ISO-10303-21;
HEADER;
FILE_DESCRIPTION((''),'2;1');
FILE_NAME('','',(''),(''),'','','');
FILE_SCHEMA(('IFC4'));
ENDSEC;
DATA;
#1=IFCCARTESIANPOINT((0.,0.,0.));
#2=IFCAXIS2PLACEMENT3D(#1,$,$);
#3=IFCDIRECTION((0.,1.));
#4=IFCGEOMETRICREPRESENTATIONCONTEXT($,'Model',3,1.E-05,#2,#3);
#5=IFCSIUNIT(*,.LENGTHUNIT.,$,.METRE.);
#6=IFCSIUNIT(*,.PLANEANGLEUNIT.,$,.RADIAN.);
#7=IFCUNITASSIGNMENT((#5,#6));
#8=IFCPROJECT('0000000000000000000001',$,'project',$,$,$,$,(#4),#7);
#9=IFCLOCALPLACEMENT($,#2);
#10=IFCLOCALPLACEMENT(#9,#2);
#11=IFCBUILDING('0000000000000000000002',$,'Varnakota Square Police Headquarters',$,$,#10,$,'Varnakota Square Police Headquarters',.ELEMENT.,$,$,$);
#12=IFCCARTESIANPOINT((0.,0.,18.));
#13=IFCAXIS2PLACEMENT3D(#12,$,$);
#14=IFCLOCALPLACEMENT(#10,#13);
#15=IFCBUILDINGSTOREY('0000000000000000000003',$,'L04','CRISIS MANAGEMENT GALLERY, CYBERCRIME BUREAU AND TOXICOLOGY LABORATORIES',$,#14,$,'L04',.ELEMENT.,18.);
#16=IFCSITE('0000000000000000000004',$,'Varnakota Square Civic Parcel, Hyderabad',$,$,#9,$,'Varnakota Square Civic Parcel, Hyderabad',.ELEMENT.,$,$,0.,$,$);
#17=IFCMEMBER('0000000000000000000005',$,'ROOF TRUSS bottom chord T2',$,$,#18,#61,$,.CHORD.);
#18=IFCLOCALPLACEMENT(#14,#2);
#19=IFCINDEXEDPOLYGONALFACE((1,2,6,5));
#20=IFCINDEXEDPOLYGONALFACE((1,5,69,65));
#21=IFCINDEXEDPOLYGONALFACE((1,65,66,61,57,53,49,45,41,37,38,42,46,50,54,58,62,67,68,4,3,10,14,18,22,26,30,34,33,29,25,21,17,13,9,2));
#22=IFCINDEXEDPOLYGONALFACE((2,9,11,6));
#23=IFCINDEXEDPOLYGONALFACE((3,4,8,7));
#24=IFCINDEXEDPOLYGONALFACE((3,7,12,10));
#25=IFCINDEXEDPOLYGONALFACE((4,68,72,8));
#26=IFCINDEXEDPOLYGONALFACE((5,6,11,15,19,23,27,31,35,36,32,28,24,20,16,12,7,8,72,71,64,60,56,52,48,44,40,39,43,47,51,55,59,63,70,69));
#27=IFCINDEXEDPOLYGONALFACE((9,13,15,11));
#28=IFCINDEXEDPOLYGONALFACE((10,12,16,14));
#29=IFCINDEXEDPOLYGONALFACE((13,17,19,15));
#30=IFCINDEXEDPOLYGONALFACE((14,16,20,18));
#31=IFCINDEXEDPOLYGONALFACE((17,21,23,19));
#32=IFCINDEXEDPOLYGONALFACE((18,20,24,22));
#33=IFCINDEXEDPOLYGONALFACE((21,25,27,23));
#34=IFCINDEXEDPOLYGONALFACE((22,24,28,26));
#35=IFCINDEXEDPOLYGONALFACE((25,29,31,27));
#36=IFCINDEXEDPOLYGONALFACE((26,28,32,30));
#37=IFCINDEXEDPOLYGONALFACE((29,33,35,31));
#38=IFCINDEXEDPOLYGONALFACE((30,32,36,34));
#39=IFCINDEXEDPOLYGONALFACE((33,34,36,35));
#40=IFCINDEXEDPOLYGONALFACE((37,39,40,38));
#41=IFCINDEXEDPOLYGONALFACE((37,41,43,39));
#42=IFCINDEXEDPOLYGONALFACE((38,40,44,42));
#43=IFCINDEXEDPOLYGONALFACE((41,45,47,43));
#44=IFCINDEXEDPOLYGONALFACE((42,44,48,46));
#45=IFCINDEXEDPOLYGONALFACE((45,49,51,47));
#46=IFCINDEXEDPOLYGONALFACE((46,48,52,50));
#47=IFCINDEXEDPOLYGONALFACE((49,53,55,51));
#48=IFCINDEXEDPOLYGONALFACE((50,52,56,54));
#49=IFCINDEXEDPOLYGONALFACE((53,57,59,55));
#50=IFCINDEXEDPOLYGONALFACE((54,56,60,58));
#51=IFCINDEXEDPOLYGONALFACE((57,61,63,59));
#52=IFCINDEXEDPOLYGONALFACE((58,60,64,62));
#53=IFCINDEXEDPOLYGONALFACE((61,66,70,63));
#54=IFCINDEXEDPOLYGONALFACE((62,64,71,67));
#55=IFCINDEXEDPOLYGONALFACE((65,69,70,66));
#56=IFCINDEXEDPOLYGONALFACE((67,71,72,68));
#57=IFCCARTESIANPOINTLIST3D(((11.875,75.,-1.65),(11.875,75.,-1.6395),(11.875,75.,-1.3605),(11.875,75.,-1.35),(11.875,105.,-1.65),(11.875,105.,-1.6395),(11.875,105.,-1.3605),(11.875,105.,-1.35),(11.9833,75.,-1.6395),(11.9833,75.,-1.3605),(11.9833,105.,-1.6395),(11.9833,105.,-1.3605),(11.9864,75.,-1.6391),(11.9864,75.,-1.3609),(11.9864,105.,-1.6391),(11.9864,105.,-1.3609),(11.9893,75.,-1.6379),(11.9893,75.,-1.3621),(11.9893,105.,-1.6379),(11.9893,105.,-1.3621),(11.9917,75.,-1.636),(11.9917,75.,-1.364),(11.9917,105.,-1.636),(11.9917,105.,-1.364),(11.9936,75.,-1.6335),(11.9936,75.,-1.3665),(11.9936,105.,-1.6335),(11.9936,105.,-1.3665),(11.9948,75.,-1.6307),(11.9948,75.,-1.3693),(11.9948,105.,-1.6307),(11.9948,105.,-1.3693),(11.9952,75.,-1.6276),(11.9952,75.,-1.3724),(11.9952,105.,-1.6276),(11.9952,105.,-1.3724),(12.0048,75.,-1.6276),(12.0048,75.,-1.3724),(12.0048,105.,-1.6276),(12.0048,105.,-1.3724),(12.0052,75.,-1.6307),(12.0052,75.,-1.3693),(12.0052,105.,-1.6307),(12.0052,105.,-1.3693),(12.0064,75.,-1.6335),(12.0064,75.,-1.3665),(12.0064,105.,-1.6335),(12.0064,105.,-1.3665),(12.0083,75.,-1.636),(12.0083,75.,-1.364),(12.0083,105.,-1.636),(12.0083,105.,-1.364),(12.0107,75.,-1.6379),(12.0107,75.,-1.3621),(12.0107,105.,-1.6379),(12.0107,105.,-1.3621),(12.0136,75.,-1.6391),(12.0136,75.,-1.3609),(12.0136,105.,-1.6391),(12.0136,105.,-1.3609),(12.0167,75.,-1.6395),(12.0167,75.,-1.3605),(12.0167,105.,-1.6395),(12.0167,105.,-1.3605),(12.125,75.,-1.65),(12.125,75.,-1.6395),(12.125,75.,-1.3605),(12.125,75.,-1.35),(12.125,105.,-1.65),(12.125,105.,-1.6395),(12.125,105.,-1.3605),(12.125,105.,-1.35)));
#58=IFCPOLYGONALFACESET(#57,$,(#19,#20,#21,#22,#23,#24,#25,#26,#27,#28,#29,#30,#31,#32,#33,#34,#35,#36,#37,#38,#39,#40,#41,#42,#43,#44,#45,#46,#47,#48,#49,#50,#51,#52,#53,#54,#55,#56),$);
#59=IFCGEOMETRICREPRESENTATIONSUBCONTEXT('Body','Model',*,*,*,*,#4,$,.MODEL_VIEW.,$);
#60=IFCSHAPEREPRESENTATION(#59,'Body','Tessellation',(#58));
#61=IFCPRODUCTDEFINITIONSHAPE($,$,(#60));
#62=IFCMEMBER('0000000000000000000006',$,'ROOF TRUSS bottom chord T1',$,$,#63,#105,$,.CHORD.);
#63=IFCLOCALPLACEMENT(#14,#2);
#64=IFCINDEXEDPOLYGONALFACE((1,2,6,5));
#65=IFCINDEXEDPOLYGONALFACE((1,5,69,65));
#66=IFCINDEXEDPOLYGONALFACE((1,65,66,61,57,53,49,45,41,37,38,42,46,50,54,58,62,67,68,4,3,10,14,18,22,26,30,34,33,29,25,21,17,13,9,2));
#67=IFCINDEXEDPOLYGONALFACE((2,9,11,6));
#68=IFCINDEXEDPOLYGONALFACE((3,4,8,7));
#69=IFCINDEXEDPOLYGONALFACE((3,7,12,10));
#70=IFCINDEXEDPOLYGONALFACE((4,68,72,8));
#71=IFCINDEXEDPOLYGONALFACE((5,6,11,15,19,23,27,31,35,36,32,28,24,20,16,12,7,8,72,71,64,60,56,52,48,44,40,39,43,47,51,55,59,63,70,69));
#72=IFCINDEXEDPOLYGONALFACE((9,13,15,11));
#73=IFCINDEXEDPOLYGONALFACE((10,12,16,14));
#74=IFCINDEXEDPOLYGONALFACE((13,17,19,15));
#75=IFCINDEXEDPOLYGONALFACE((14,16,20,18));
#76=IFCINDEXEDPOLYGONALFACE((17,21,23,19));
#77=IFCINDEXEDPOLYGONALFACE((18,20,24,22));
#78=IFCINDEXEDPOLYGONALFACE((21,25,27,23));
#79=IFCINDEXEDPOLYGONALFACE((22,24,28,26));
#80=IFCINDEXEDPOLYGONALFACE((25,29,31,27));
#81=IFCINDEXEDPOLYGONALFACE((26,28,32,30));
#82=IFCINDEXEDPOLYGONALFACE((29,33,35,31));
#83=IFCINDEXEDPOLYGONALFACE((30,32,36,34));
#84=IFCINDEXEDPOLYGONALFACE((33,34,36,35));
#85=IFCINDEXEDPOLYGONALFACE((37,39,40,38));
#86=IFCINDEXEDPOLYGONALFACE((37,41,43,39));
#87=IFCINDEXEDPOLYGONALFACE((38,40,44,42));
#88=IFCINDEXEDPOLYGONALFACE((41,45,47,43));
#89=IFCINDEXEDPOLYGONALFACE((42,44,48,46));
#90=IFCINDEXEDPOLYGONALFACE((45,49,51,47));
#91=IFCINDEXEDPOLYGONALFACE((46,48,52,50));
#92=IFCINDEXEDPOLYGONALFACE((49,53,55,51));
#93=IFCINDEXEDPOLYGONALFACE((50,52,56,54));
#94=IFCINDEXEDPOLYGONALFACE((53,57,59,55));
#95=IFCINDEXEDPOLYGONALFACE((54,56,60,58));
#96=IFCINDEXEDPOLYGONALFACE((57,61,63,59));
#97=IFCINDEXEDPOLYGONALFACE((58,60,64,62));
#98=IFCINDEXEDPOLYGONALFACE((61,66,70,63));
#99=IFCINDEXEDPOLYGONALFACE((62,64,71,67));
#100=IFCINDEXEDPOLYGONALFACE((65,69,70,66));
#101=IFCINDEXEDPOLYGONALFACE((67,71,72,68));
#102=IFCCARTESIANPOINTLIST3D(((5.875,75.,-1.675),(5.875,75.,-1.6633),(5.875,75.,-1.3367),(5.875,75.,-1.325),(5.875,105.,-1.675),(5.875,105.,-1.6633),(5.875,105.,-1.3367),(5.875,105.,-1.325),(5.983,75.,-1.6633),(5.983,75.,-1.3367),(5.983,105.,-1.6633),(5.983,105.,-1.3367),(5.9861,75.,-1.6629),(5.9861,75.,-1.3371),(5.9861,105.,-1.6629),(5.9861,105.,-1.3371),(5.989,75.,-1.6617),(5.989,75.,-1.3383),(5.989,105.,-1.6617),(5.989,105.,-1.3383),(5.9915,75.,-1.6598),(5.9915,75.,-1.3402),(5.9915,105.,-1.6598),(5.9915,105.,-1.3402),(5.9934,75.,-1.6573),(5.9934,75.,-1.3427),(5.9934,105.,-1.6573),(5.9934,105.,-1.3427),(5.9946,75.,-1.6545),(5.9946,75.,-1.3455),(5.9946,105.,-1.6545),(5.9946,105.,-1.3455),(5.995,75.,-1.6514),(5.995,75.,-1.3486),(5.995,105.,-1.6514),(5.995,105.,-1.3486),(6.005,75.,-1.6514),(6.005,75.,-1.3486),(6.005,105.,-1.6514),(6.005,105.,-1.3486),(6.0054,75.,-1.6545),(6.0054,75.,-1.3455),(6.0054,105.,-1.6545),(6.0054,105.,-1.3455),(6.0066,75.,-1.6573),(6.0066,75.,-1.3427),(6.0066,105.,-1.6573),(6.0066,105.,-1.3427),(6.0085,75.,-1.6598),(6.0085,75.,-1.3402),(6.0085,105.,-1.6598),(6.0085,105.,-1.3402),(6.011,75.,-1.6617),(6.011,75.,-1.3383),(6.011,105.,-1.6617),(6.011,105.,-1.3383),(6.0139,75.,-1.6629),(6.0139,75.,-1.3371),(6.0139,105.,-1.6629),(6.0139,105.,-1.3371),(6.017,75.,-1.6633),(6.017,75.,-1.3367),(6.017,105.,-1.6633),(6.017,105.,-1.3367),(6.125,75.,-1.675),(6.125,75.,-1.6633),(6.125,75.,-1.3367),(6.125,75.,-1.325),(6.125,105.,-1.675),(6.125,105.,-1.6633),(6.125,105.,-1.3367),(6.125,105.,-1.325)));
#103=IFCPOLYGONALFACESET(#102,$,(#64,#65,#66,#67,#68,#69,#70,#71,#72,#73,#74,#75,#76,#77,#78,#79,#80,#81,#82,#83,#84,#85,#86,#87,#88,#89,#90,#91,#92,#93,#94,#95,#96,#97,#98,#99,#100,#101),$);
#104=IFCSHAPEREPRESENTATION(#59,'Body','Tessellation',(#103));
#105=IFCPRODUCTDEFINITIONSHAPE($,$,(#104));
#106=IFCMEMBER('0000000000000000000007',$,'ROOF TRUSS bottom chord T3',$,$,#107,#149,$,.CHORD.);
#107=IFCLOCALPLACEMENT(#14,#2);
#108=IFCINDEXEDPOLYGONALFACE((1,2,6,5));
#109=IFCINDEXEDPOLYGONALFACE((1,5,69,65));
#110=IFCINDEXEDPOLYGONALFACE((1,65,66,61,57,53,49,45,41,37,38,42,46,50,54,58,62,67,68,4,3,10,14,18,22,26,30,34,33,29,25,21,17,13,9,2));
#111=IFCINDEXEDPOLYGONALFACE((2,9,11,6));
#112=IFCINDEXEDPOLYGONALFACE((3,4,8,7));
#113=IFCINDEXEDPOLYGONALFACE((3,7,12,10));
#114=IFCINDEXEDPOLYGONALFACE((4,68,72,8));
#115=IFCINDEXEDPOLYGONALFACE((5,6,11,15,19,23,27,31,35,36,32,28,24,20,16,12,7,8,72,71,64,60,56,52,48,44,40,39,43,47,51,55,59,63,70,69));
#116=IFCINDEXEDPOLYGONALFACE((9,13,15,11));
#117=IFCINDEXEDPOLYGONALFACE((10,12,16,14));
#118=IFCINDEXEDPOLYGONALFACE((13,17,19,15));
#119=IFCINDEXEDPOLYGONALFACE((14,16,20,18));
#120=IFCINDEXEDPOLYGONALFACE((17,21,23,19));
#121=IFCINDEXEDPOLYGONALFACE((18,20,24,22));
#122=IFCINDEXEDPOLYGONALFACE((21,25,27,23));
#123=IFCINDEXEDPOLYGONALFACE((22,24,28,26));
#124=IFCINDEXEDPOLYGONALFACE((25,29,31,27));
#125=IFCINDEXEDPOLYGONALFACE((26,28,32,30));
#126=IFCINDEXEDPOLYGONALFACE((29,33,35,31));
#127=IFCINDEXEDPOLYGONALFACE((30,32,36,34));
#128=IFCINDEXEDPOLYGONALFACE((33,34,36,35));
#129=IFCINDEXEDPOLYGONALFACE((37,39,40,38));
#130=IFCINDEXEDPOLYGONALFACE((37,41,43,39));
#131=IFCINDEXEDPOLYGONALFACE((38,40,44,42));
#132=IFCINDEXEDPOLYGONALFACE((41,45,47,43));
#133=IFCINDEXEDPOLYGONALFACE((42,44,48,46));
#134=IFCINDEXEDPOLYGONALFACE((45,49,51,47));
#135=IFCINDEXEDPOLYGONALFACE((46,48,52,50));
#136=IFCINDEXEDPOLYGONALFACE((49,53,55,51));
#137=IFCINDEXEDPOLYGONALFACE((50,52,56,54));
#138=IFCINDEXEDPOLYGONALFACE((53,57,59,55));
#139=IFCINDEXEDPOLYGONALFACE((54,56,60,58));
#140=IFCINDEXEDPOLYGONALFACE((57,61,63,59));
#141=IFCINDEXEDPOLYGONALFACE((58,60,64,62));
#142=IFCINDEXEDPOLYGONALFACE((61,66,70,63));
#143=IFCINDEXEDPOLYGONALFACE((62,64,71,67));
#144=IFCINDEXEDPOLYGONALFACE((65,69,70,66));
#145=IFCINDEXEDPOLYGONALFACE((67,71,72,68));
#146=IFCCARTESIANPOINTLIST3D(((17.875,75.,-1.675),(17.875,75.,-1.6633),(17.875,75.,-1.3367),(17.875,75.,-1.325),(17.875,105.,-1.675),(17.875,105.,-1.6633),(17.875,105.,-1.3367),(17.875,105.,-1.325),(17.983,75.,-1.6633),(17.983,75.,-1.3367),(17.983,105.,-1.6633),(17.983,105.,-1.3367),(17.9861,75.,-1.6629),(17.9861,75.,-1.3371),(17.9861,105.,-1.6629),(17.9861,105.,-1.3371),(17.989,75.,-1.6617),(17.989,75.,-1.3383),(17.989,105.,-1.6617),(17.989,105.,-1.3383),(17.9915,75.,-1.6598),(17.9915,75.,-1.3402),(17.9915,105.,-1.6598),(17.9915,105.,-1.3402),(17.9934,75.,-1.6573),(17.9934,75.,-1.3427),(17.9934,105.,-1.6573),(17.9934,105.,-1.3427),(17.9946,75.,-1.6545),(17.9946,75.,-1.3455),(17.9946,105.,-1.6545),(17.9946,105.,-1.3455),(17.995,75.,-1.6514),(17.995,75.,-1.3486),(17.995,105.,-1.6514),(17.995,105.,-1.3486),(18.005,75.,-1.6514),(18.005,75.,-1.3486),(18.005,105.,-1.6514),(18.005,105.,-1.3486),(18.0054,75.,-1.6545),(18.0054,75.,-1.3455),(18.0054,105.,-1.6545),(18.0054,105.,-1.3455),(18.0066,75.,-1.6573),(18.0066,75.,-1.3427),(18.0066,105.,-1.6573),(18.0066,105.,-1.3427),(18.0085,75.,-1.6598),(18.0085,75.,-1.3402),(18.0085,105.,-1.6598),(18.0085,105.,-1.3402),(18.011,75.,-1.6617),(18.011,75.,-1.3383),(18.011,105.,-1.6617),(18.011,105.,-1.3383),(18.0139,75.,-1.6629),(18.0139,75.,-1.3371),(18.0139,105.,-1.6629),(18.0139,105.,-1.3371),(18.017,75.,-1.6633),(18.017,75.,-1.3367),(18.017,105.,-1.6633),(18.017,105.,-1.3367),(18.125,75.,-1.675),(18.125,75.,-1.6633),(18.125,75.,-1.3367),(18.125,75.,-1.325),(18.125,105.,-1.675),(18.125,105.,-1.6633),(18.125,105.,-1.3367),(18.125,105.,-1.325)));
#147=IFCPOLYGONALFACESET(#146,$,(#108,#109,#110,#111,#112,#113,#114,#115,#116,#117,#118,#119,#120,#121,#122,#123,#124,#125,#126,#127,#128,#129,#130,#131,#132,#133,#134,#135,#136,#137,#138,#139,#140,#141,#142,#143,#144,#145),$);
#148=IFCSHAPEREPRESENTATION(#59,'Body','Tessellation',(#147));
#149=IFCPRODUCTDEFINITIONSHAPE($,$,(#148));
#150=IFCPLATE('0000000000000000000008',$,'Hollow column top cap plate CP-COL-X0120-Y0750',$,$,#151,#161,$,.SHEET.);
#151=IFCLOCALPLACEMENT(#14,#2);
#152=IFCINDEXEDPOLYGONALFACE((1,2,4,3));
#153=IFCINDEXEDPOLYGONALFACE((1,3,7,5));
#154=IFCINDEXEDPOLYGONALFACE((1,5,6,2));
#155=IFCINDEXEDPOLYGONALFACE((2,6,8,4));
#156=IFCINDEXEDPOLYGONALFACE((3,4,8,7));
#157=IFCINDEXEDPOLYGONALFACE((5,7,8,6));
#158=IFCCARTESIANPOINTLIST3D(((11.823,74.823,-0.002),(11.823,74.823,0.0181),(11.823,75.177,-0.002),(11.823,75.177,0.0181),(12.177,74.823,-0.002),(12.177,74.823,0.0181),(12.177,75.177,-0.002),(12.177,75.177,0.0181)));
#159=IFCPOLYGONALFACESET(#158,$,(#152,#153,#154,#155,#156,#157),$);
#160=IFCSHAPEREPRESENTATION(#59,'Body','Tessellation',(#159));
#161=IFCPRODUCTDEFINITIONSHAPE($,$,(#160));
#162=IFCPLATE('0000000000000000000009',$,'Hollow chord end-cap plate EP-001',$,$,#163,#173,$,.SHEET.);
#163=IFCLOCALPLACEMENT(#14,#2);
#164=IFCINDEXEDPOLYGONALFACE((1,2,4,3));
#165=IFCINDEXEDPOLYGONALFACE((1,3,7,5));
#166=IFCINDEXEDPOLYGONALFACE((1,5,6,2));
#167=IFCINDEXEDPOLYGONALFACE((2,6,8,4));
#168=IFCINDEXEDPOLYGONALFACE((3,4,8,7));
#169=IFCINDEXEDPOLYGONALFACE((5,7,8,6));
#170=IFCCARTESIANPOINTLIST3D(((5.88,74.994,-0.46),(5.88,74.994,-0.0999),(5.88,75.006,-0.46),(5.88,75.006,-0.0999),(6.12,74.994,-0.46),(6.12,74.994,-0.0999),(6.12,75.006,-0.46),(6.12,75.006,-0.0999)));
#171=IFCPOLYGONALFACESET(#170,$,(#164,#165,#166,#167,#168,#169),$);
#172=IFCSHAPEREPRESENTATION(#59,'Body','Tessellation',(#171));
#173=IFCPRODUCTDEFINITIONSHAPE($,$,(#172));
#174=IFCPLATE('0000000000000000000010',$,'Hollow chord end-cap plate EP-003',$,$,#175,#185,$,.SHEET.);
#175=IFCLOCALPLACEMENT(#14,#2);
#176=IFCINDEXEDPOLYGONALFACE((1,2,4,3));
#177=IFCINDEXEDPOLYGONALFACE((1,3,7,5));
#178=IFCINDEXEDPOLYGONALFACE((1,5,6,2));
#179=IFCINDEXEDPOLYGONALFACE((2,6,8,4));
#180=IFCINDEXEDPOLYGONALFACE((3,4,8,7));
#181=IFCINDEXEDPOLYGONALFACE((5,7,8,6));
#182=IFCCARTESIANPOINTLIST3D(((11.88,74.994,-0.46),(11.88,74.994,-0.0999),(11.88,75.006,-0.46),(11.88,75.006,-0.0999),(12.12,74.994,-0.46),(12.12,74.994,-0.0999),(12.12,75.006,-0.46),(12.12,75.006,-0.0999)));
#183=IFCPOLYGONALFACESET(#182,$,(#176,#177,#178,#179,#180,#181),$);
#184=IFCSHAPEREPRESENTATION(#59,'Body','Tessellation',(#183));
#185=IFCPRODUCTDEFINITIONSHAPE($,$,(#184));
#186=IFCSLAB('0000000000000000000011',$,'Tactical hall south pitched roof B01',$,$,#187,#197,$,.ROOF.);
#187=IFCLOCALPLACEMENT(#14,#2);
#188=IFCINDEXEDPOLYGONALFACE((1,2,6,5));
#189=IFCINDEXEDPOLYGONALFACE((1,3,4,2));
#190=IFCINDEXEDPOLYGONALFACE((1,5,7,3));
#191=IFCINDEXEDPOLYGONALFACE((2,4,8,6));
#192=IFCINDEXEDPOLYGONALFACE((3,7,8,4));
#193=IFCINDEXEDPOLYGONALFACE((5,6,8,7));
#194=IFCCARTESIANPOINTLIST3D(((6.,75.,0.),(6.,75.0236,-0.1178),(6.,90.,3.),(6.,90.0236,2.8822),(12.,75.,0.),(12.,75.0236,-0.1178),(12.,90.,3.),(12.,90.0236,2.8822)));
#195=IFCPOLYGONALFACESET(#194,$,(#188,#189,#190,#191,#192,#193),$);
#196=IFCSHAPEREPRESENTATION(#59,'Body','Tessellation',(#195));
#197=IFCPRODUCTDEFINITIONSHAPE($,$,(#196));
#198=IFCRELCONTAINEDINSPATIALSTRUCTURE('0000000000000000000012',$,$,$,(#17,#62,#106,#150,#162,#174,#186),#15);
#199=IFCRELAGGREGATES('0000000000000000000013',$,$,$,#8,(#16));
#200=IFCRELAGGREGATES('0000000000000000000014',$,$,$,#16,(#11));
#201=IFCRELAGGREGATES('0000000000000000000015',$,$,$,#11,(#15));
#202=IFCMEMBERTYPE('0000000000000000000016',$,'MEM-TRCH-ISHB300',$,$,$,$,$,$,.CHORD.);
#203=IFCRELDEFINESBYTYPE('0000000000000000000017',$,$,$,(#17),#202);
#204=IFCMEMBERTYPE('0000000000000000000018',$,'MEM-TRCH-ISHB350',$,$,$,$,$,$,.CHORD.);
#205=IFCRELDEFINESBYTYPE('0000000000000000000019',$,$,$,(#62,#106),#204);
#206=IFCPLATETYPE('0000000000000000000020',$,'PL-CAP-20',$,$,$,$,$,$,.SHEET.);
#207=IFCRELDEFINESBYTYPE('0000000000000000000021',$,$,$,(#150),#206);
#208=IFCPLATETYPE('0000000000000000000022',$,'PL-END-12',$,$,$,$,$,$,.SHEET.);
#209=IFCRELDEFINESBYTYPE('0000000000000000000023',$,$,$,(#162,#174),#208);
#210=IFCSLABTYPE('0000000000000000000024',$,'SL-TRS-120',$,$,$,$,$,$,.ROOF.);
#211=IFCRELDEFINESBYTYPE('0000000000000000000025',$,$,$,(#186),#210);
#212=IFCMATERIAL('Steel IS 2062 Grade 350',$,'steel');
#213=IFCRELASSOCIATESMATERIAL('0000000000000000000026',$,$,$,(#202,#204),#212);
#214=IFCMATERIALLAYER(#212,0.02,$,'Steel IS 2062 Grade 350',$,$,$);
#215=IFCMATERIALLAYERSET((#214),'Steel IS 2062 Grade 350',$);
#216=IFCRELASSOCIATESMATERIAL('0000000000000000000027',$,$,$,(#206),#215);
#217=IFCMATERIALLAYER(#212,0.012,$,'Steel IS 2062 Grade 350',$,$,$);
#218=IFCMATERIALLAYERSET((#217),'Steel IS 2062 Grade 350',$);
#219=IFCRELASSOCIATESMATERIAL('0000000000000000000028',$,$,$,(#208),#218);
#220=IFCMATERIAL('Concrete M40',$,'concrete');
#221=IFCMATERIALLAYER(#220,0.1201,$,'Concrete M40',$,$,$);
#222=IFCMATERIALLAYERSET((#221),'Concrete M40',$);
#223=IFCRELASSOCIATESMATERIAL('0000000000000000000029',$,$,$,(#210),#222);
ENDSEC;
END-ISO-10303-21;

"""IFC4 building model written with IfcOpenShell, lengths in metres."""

from ifc_helpers import new_model, si_unit, direction, frame, origin, origin_2d, place, context, subcontext, project, spatial, polyline, rectangle, i_section, outline, extrude, material, layer, layer_set, material_profile, profile_set, type_object, element, save


model = new_model("IFC4")

# Units and contexts
model_context = context("Model", 3, precision=1e-05, world=origin(), true_north=direction((0.0, 1.0)))
body_context = subcontext(model_context, "Body", "Model", "MODEL_VIEW")
ifc_project = project(units=[si_unit("LENGTHUNIT", "METRE"), si_unit("PLANEANGLEUNIT", "RADIAN")], contexts=[model_context])

# Site, building, storey
site_placement = place(None, origin())
site = spatial("IfcSite", under=ifc_project, at=site_placement, Name="Varnakota Square Civic Parcel, Hyderabad", LongName="Varnakota Square Civic Parcel, Hyderabad", CompositionType="ELEMENT", RefElevation=0.0)
building_placement = place(site_placement, origin())
building = spatial("IfcBuilding", under=site, at=building_placement, Name="Varnakota Square Police Headquarters", LongName="Varnakota Square Police Headquarters", CompositionType="ELEMENT")
storey_placement = place(building_placement, frame((0.0, 0.0, 18.0)))
storey = spatial("IfcBuildingStorey", under=building, at=storey_placement, Name="L04", Description="CRISIS MANAGEMENT GALLERY, CYBERCRIME BUREAU AND TOXICOLOGY LABORATORIES", LongName="L04", CompositionType="ELEMENT", Elevation=18.0)

# Shared definitions
ifc_material_1 = material(Name="Steel IS 2062 Grade 350", Category="steel")

# Members
ifc_material_profile_1 = material_profile(ifc_material_1, i_section(OverallWidth=0.25, OverallDepth=0.3, WebThickness=0.0095, FlangeThickness=0.0105, FilletRadius=0.012, at=origin_2d()), Name="ISHB 300")
ifc_profile_set_1 = profile_set([ifc_material_profile_1], Name="Steel IS 2062 Grade 350")
member_type_1 = type_object("IfcMemberType", Name="MEM-TRCH-ISHB300", PredefinedType="CHORD", material=ifc_profile_set_1)
member_placement = place(storey_placement, frame((12.0, 75.0, -1.5), z_axis=(0.0, 1.0, 0.0), x_axis=(-1.0, 0.0, 0.0)))
element("IfcMember", 1, at=member_placement, inside=storey, type_object=member_type_1, Name="ROOF TRUSS bottom chord T2", PredefinedType="CHORD", context=body_context, shape_type="SweptSolid", body=[
    extrude(i_section(OverallWidth=0.25, OverallDepth=0.3, WebThickness=0.0095, FlangeThickness=0.0105, FilletRadius=0.012, at=origin_2d()), origin(), (0.0, 0.0, 1.0), 30.0),
])
ifc_material_profile_2 = material_profile(ifc_material_1, i_section(OverallWidth=0.25, OverallDepth=0.3501, WebThickness=0.01, FlangeThickness=0.0117, FilletRadius=0.012, at=origin_2d()), Name="ISHB 350")
ifc_profile_set_2 = profile_set([ifc_material_profile_2], Name="Steel IS 2062 Grade 350")
member_type_2 = type_object("IfcMemberType", Name="MEM-TRCH-ISHB350", PredefinedType="CHORD", material=ifc_profile_set_2)
for number, where, z_axis, x_axis, name in (
    (2, (6.0, 75.0, -1.5), (0.0, 1.0, 0.0), (-1.0, 0.0, 0.0), "ROOF TRUSS bottom chord T1"),
    (3, (18.0, 75.0, -1.5), (0.0, 1.0, 0.0), (-1.0, 0.0, 0.0), "ROOF TRUSS bottom chord T3"),
):
    element("IfcMember", number, at=place(storey_placement, frame(where, z_axis=z_axis, x_axis=x_axis)), inside=storey, type_object=member_type_2, Name=name, PredefinedType="CHORD", context=body_context, shape_type="SweptSolid", body=[
        extrude(i_section(OverallWidth=0.25, OverallDepth=0.3501, WebThickness=0.01, FlangeThickness=0.0117, FilletRadius=0.012, at=origin_2d()), origin(), (0.0, 0.0, 1.0), 30.0),
    ])

# Plates
ifc_layer_1 = layer(ifc_material_1, 0.02, Name="Steel IS 2062 Grade 350")
ifc_layer_set_1 = layer_set([ifc_layer_1], Name="Steel IS 2062 Grade 350")
plate_type_1 = type_object("IfcPlateType", Name="PL-CAP-20", PredefinedType="SHEET", material=ifc_layer_set_1)
plate_placement = place(storey_placement, frame((12.0, 75.0, -0.002), z_axis=(0.0, 0.0, 1.0), x_axis=(1.0, 0.0, 0.0)))
element("IfcPlate", 4, at=plate_placement, inside=storey, type_object=plate_type_1, Name="Hollow column top cap plate CP-COL-X0120-Y0750", PredefinedType="SHEET", context=body_context, shape_type="SweptSolid", body=[
    extrude(rectangle(XDim=0.354, YDim=0.354, at=origin_2d()), origin(), (0.0, 0.0, 1.0), 0.02),
])
ifc_layer_2 = layer(ifc_material_1, 0.012, Name="Steel IS 2062 Grade 350")
ifc_layer_set_2 = layer_set([ifc_layer_2], Name="Steel IS 2062 Grade 350")
plate_type_2 = type_object("IfcPlateType", Name="PL-END-12", PredefinedType="SHEET", material=ifc_layer_set_2)
for number, where, z_axis, x_axis, name in (
    (5, (6.0, 75.0, -0.46), (0.0, 0.0, 1.0), (1.0, 0.0, 0.0), "Hollow chord end-cap plate EP-001"),
    (6, (12.0, 75.0, -0.46), (0.0, 0.0, 1.0), (1.0, 0.0, 0.0), "Hollow chord end-cap plate EP-003"),
):
    element("IfcPlate", number, at=place(storey_placement, frame(where, z_axis=z_axis, x_axis=x_axis)), inside=storey, type_object=plate_type_2, Name=name, PredefinedType="SHEET", context=body_context, shape_type="SweptSolid", body=[
        extrude(rectangle(XDim=0.24, YDim=0.012, at=origin_2d()), origin(), (0.0, 0.0, 1.0), 0.3601),
    ])

# Slab
ifc_material_2 = material(Name="Concrete M40", Category="concrete")
ifc_layer_3 = layer(ifc_material_2, 0.1201, Name="Concrete M40")
ifc_layer_set_3 = layer_set([ifc_layer_3], Name="Concrete M40")
slab_type = type_object("IfcSlabType", Name="SL-TRS-120", PredefinedType="ROOF", material=ifc_layer_set_3)
for number, where, z_axis, x_axis, name in (
    (7, (6.0, 75.0, 0.0), (0.0, -0.196116, 0.980581), (1.0, 0.0, 0.0), "Tactical hall south pitched roof B01"),
):
    element("IfcSlab", number, at=place(storey_placement, frame(where, z_axis=z_axis, x_axis=x_axis)), inside=storey, type_object=slab_type, Name=name, PredefinedType="ROOF", context=body_context, shape_type="SweptSolid", body=[
        extrude(outline(polyline([(0.0, 0.0), (6.0, 0.0), (6.0, 15.2971), (0.0, 15.2971), (0.0, 0.0)])), origin(), (0.0, 0.0, -1.0), 0.1201),
    ])

save(model, "model.ifc")
